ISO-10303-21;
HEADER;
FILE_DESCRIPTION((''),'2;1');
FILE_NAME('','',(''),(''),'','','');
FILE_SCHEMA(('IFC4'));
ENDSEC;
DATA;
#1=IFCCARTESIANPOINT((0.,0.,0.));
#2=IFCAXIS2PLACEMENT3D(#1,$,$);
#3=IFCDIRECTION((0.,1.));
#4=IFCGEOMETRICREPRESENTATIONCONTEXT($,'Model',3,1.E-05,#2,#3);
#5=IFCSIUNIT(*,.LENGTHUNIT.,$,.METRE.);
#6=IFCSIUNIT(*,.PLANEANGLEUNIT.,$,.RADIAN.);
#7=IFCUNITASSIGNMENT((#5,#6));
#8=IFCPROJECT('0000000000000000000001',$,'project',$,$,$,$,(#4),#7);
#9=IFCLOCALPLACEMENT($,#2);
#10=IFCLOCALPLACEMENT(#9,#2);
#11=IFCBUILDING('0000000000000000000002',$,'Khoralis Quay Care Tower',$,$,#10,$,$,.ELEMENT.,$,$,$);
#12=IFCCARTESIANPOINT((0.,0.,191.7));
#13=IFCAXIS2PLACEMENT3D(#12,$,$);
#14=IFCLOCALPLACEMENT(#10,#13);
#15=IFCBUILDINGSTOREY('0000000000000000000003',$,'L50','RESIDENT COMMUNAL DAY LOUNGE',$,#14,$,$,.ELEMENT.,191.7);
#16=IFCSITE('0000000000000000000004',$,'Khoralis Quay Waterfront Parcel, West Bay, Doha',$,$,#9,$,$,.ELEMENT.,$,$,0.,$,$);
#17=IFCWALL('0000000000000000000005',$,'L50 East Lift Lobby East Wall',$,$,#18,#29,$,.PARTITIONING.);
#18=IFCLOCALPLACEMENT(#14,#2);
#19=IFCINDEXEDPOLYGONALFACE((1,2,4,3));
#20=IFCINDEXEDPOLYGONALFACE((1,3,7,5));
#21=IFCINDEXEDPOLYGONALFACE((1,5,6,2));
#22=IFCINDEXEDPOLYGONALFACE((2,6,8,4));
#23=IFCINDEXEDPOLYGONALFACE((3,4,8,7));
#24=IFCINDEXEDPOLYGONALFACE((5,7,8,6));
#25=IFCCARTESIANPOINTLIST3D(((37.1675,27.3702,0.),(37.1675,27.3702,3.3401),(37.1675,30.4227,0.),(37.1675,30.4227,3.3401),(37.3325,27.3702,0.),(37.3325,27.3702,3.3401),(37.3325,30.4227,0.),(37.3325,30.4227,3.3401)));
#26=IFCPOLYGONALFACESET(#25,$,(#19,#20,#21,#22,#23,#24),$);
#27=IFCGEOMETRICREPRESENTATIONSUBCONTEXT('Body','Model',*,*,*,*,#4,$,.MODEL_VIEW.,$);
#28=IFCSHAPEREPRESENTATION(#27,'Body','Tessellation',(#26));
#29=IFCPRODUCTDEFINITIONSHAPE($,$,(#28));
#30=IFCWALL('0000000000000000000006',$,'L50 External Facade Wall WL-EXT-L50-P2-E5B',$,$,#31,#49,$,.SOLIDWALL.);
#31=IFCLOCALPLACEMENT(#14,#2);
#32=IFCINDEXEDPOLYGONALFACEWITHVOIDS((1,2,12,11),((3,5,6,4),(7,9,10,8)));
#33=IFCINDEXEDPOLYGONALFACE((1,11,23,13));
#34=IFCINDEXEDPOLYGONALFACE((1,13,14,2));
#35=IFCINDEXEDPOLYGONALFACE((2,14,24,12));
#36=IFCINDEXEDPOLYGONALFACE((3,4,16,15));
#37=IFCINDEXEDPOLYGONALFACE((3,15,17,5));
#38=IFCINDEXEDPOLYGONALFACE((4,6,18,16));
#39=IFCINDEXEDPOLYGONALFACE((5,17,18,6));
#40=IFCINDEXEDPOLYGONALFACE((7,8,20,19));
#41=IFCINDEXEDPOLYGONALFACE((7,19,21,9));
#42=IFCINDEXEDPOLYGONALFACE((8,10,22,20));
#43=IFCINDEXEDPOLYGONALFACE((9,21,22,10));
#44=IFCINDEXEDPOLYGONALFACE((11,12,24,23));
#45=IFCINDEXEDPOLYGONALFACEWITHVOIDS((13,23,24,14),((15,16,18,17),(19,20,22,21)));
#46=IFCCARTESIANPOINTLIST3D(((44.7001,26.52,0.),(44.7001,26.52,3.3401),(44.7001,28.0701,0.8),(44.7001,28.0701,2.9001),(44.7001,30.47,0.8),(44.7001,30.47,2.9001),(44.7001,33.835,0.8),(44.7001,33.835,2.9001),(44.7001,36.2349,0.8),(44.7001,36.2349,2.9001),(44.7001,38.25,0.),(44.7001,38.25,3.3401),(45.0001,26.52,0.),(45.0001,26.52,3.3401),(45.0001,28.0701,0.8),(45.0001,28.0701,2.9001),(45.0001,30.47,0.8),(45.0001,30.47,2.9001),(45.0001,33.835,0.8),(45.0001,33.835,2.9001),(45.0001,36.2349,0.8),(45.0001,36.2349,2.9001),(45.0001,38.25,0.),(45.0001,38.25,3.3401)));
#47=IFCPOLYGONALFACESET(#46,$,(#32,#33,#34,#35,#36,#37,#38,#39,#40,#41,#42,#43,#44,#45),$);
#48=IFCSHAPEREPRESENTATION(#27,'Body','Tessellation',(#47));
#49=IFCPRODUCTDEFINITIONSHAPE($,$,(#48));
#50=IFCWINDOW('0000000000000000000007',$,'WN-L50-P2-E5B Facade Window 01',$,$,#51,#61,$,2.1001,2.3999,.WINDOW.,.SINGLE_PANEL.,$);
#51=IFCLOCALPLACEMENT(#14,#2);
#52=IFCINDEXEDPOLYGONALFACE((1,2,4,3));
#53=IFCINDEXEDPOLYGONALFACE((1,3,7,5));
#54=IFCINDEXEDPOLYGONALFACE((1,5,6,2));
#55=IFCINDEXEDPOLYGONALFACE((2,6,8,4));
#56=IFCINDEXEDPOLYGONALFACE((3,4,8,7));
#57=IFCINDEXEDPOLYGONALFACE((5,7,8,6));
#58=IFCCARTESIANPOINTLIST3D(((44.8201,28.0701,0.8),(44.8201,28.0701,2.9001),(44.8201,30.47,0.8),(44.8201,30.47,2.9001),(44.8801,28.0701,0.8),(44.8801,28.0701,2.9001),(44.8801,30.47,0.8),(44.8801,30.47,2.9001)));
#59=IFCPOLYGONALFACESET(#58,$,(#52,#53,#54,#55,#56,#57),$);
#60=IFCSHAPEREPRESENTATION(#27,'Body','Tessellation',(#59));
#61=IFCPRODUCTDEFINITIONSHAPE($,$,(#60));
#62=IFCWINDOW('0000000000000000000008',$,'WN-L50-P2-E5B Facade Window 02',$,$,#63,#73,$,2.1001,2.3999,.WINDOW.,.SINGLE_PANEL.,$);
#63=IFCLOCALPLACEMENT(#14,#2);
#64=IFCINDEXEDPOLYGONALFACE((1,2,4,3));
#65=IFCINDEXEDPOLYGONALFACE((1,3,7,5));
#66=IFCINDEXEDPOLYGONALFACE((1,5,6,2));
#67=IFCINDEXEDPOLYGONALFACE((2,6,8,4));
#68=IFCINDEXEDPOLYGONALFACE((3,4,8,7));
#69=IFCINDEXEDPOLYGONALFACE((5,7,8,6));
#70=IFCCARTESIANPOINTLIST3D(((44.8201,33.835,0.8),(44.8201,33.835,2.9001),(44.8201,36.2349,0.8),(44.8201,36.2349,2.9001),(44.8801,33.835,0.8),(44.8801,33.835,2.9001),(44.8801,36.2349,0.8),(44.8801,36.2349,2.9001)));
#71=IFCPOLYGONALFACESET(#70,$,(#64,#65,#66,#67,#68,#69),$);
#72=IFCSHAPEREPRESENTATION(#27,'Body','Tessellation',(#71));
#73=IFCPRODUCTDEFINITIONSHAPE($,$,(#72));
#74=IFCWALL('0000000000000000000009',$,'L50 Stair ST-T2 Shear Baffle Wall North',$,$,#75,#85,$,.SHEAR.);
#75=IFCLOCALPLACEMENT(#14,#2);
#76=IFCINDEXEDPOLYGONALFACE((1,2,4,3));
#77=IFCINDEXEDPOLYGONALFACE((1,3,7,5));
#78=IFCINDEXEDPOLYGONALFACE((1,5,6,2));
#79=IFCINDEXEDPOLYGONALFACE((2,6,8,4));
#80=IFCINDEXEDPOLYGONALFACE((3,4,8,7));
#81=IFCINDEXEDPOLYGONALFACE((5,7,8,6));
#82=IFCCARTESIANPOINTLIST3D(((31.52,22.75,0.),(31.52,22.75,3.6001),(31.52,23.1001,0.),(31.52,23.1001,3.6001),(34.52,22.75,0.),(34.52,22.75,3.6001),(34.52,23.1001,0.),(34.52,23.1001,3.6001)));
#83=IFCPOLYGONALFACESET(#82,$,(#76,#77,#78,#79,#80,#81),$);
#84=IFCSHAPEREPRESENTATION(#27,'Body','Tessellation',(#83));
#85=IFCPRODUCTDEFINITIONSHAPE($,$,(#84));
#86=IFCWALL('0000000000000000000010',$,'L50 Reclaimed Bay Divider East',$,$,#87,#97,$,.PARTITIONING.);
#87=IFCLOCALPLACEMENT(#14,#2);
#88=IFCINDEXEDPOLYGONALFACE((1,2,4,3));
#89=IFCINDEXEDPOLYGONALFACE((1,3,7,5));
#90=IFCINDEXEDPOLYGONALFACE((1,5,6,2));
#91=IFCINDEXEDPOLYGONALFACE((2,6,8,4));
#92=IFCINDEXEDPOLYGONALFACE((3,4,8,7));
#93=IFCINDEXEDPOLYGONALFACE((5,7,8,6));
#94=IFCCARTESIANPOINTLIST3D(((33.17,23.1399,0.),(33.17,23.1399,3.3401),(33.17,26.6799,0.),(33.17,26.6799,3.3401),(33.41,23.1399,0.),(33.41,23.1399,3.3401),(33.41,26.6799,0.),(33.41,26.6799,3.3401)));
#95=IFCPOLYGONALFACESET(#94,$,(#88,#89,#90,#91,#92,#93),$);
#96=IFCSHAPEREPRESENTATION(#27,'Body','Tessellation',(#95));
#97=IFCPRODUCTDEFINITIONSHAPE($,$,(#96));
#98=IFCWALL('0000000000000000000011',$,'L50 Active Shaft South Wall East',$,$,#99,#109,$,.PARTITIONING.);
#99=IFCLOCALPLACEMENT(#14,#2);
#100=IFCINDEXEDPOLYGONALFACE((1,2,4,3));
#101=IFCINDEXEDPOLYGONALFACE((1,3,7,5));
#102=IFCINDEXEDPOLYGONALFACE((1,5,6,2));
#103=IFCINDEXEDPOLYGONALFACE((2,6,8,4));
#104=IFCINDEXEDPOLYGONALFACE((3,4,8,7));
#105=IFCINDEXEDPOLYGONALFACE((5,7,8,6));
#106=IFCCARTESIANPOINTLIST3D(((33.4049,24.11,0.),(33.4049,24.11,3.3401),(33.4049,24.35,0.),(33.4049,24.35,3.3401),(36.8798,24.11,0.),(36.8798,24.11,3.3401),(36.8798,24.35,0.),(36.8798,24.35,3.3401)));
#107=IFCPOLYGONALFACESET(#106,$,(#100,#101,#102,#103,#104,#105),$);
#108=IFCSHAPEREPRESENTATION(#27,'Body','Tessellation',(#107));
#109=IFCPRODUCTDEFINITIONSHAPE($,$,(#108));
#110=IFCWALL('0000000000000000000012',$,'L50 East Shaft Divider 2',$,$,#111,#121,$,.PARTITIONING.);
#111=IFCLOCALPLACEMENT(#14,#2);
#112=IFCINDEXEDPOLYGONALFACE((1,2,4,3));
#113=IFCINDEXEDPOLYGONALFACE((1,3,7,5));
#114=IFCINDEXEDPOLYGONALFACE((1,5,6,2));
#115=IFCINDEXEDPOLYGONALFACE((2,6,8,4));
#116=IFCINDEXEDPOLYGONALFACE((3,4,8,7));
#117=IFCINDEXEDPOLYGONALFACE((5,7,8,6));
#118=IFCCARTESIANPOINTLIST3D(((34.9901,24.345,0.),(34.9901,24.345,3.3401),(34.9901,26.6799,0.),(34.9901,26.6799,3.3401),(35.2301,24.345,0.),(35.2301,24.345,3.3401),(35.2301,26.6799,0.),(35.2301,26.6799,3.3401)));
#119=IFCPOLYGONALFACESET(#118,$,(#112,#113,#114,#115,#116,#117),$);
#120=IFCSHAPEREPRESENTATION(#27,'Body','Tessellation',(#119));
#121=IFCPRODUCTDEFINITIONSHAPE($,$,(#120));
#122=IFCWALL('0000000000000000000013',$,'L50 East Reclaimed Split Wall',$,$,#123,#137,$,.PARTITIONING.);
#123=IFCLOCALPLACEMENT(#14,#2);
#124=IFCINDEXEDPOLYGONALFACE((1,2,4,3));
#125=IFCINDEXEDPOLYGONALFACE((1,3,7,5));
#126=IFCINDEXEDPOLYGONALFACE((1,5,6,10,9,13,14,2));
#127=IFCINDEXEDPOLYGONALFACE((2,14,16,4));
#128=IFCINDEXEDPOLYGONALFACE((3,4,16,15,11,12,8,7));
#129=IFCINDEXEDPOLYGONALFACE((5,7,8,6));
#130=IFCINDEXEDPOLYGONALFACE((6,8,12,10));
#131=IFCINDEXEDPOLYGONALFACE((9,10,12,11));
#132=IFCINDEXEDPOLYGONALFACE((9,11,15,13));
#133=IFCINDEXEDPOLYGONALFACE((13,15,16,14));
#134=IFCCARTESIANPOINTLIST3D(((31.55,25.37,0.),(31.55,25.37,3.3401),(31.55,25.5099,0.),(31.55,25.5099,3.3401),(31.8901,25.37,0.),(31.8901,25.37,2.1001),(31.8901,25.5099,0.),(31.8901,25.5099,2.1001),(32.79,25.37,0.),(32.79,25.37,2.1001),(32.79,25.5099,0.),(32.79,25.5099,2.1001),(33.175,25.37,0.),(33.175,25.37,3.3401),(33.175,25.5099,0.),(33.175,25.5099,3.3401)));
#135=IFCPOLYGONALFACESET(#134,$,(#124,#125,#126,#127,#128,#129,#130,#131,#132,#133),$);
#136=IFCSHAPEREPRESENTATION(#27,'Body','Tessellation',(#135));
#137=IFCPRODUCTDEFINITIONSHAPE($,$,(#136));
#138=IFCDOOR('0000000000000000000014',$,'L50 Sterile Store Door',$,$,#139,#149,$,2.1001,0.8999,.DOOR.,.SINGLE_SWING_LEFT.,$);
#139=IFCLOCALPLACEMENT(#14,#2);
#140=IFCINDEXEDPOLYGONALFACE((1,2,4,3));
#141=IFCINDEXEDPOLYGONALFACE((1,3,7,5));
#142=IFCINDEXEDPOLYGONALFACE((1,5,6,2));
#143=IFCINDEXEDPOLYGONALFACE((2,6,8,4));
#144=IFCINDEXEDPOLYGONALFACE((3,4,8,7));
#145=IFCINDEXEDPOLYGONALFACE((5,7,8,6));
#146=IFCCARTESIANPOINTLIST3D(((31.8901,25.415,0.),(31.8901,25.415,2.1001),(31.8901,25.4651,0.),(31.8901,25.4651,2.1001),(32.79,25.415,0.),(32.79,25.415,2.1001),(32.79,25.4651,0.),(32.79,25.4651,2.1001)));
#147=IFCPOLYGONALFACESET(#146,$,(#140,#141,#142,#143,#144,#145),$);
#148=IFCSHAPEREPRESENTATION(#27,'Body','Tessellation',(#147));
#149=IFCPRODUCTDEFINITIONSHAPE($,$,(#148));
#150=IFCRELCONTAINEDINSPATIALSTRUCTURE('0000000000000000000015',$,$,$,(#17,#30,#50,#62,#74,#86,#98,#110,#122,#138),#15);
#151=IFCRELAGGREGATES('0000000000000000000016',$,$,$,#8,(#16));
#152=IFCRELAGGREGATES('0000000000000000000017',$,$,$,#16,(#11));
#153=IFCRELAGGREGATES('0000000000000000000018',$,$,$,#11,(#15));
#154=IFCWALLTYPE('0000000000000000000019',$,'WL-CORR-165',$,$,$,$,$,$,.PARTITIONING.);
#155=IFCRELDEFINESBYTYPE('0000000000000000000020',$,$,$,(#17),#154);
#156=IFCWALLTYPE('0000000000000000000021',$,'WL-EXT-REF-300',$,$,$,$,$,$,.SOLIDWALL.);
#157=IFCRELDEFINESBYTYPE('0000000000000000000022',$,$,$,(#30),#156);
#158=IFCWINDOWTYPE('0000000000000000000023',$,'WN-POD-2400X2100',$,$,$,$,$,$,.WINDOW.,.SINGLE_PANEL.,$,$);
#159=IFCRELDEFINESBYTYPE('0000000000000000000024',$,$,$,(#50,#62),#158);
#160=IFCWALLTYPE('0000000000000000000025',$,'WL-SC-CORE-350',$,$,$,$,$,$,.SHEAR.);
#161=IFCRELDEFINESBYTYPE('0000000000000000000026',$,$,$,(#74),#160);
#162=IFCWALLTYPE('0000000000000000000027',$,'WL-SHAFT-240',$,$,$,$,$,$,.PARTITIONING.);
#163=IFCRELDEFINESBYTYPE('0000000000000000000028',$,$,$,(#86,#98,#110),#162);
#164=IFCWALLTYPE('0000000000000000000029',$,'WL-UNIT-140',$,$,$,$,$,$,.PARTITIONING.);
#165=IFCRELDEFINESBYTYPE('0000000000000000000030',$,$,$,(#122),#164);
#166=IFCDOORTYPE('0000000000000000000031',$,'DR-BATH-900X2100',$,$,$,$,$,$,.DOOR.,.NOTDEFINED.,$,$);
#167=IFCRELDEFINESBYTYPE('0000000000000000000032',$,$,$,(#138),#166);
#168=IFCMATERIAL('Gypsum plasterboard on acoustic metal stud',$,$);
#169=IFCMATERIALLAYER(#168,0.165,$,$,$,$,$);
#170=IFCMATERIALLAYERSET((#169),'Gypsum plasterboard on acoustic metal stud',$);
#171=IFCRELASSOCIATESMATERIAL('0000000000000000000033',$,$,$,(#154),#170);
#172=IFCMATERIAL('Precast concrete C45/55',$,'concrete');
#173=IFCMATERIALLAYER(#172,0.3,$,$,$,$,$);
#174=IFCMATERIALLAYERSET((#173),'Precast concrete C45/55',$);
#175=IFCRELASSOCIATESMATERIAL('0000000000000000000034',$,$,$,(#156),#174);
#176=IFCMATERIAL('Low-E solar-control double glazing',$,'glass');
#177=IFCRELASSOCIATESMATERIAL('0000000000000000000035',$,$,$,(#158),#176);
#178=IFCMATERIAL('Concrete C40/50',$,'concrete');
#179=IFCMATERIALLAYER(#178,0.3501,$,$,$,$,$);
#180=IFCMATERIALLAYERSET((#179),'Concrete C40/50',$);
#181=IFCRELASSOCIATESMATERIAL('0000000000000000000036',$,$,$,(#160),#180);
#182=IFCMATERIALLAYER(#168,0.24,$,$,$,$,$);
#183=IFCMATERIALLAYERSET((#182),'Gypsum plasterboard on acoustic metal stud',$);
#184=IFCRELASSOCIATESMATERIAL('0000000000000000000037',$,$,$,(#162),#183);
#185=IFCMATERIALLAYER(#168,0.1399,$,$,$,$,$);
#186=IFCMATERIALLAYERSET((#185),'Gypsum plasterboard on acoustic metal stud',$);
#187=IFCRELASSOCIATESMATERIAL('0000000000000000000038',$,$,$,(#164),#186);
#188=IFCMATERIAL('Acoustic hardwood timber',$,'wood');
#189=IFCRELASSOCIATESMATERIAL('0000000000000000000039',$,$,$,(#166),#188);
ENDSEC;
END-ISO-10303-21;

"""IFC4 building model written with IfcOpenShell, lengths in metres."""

from ifc_helpers import new_model, si_unit, direction, frame, frame_2d, origin, place, context, subcontext, project, spatial, rectangle, extrude, source, transform, mapped, material, layer, layer_set, type_object, element, fill, save


model = new_model("IFC4")

# Units and contexts
model_context = context("Model", 3, precision=1e-05, world=origin(), true_north=direction((0.0, 1.0)))
body_context = subcontext(model_context, "Body", "Model", "MODEL_VIEW")
ifc_project = project(units=[si_unit("LENGTHUNIT", "METRE"), si_unit("PLANEANGLEUNIT", "RADIAN")], contexts=[model_context])

# Site, building, storey
site_placement = place(None, origin())
site = spatial("IfcSite", under=ifc_project, at=site_placement, Name="Khoralis Quay Waterfront Parcel, West Bay, Doha", CompositionType="ELEMENT", RefElevation=0.0)
building_placement = place(site_placement, origin())
building = spatial("IfcBuilding", under=site, at=building_placement, Name="Khoralis Quay Care Tower", CompositionType="ELEMENT")
storey_placement = place(building_placement, frame((0.0, 0.0, 191.7)))
storey = spatial("IfcBuildingStorey", under=building, at=storey_placement, Name="L50", Description="RESIDENT COMMUNAL DAY LOUNGE", CompositionType="ELEMENT", Elevation=191.7)

# Shared definitions
ifc_material_1 = material(Name="Low-E solar-control double glazing", Category="glass")

# Shared definitions
ifc_material_2 = material(Name="Acoustic hardwood timber", Category="wood")

# Wall
ifc_material_3 = material(Name="Gypsum plasterboard on acoustic metal stud")
ifc_layer_1 = layer(ifc_material_3, 0.165)
ifc_layer_set_1 = layer_set([ifc_layer_1], Name="Gypsum plasterboard on acoustic metal stud")
wall_type_1 = type_object("IfcWallType", Name="WL-CORR-165", PredefinedType="PARTITIONING", material=ifc_layer_set_1)
wall_1_placement = place(storey_placement, frame((37.25, 27.3701, 0.0), z_axis=(0.0, 0.0, 1.0), x_axis=(0.0, 1.0, 0.0)))
element("IfcWall", 1, at=wall_1_placement, inside=storey, type_object=wall_type_1, Name="L50 East Lift Lobby East Wall", PredefinedType="PARTITIONING", context=body_context, shape_type="SweptSolid", body=[
    extrude(rectangle(XDim=3.0525, YDim=0.165, at=frame_2d((1.5264, 0.0))), origin(), (0.0, 0.0, 1.0), 3.3401),
])

# Wall, openings, windows
ifc_material_4 = material(Name="Precast concrete C45/55", Category="concrete")
ifc_layer_2 = layer(ifc_material_4, 0.3)
ifc_layer_set_2 = layer_set([ifc_layer_2], Name="Precast concrete C45/55")
wall_type_2 = type_object("IfcWallType", Name="WL-EXT-REF-300", PredefinedType="SOLIDWALL", material=ifc_layer_set_2)
wall_2_placement = place(storey_placement, frame((44.8501, 26.52, 0.0), z_axis=(0.0, 0.0, 1.0), x_axis=(0.0, 1.0, 0.0)))
wall_2 = element("IfcWall", 2, at=wall_2_placement, inside=storey, type_object=wall_type_2, Name="L50 External Facade Wall WL-EXT-L50-P2-E5B", PredefinedType="SOLIDWALL", context=body_context, shape_type="SweptSolid", body=[
    extrude(rectangle(XDim=11.73, YDim=0.3, at=frame_2d((5.865, 0.0))), origin(), (0.0, 0.0, 1.0), 3.3401),
])
opening_1_placement = place(wall_2_placement, frame((1.55, 0.0, 0.8)))
opening_1 = element("IfcOpeningElement", 3, at=opening_1_placement, cuts=wall_2, PredefinedType="OPENING", context=body_context, shape_type="SweptSolid", body=[
    extrude(rectangle(XDim=2.3999, YDim=2.1001, at=frame_2d((1.2, 1.05))), frame((0.0, 0.1602, 0.0), z_axis=(0.0, -1.0, 0.0), x_axis=(1.0, 0.0, 0.0)), (0.0, 0.0, 1.0), 0.3201),
])
opening_2_placement = place(wall_2_placement, frame((7.3149, 0.0, 0.8)))
opening_2 = element("IfcOpeningElement", 4, at=opening_2_placement, cuts=wall_2, PredefinedType="OPENING", context=body_context, shape_type="SweptSolid", body=[
    extrude(rectangle(XDim=2.3999, YDim=2.1001, at=frame_2d((1.2, 1.05))), frame((0.0, 0.1602, 0.0), z_axis=(0.0, -1.0, 0.0), x_axis=(1.0, 0.0, 0.0)), (0.0, 0.0, 1.0), 0.3201),
])
window_type = type_object("IfcWindowType", Name="WN-POD-2400X2100", PartitioningType="SINGLE_PANEL", PredefinedType="WINDOW", material=ifc_material_1)
shared_shape_1 = source(origin(), body_context, "Body", "SweptSolid", [
    extrude(rectangle(XDim=2.3999, YDim=2.1001, at=frame_2d((1.2, 1.05))), frame((0.0, 0.03, 0.0), z_axis=(0.0, -1.0, 0.0), x_axis=(1.0, 0.0, 0.0)), (0.0, 0.0, 1.0), 0.0601),
])
window_1_placement = place(opening_1_placement, origin())
window_1 = element("IfcWindow", 5, at=window_1_placement, inside=storey, type_object=window_type, Name="WN-L50-P2-E5B Facade Window 01", OverallHeight=2.1001, OverallWidth=2.3999, PartitioningType="SINGLE_PANEL", PredefinedType="WINDOW", context=body_context, shape_type="MappedRepresentation", body=[
    mapped(shared_shape_1, transform((0.0, 0.0, 0.0), scale=1.0)),
])
fill(opening_1, window_1)
window_2_placement = place(opening_2_placement, origin())
window_2 = element("IfcWindow", 6, at=window_2_placement, inside=storey, type_object=window_type, Name="WN-L50-P2-E5B Facade Window 02", OverallHeight=2.1001, OverallWidth=2.3999, PartitioningType="SINGLE_PANEL", PredefinedType="WINDOW", context=body_context, shape_type="MappedRepresentation", body=[
    mapped(shared_shape_1, transform((0.0, 0.0, 0.0), scale=1.0)),
])
fill(opening_2, window_2)

# Walls
ifc_material_5 = material(Name="Concrete C40/50", Category="concrete")
ifc_layer_3 = layer(ifc_material_5, 0.3501)
ifc_layer_set_3 = layer_set([ifc_layer_3], Name="Concrete C40/50")
wall_type_3 = type_object("IfcWallType", Name="WL-SC-CORE-350", PredefinedType="SHEAR", material=ifc_layer_set_3)
wall_3_placement = place(storey_placement, frame((31.52, 22.925, 0.0), z_axis=(0.0, 0.0, 1.0), x_axis=(1.0, 0.0, 0.0)))
element("IfcWall", 7, at=wall_3_placement, inside=storey, type_object=wall_type_3, Name="L50 Stair ST-T2 Shear Baffle Wall North", PredefinedType="SHEAR", context=body_context, shape_type="SweptSolid", body=[
    extrude(rectangle(XDim=3.0, YDim=0.3501, at=frame_2d((1.5, 0.0))), origin(), (0.0, 0.0, 1.0), 3.6001),
])
ifc_layer_4 = layer(ifc_material_3, 0.24)
ifc_layer_set_4 = layer_set([ifc_layer_4], Name="Gypsum plasterboard on acoustic metal stud")
wall_type_4 = type_object("IfcWallType", Name="WL-SHAFT-240", PredefinedType="PARTITIONING", material=ifc_layer_set_4)
wall_4_placement = place(storey_placement, frame((33.29, 23.1399, 0.0), z_axis=(0.0, 0.0, 1.0), x_axis=(0.0, 1.0, 0.0)))
element("IfcWall", 8, at=wall_4_placement, inside=storey, type_object=wall_type_4, Name="L50 Reclaimed Bay Divider East", PredefinedType="PARTITIONING", context=body_context, shape_type="SweptSolid", body=[
    extrude(rectangle(XDim=3.54, YDim=0.24, at=frame_2d((1.77, 0.0))), origin(), (0.0, 0.0, 1.0), 3.3401),
])
wall_5_placement = place(storey_placement, frame((33.405, 24.23, 0.0), z_axis=(0.0, 0.0, 1.0), x_axis=(1.0, 0.0, 0.0)))
element("IfcWall", 9, at=wall_5_placement, inside=storey, type_object=wall_type_4, Name="L50 Active Shaft South Wall East", PredefinedType="PARTITIONING", context=body_context, shape_type="SweptSolid", body=[
    extrude(rectangle(XDim=3.4749, YDim=0.24, at=frame_2d((1.7373, 0.0))), origin(), (0.0, 0.0, 1.0), 3.3401),
])
wall_6_placement = place(storey_placement, frame((35.1101, 24.345, 0.0), z_axis=(0.0, 0.0, 1.0), x_axis=(0.0, 1.0, 0.0)))
element("IfcWall", 10, at=wall_6_placement, inside=storey, type_object=wall_type_4, Name="L50 East Shaft Divider 2", PredefinedType="PARTITIONING", context=body_context, shape_type="SweptSolid", body=[
    extrude(rectangle(XDim=2.335, YDim=0.24, at=frame_2d((1.1675, 0.0))), origin(), (0.0, 0.0, 1.0), 3.3401),
])

# Wall, opening, door
ifc_layer_5 = layer(ifc_material_3, 0.1399)
ifc_layer_set_5 = layer_set([ifc_layer_5], Name="Gypsum plasterboard on acoustic metal stud")
wall_type_5 = type_object("IfcWallType", Name="WL-UNIT-140", PredefinedType="PARTITIONING", material=ifc_layer_set_5)
wall_7_placement = place(storey_placement, frame((31.55, 25.4399, 0.0), z_axis=(0.0, 0.0, 1.0), x_axis=(1.0, 0.0, 0.0)))
wall_7 = element("IfcWall", 11, at=wall_7_placement, inside=storey, type_object=wall_type_5, Name="L50 East Reclaimed Split Wall", PredefinedType="PARTITIONING", context=body_context, shape_type="SweptSolid", body=[
    extrude(rectangle(XDim=1.625, YDim=0.1399, at=frame_2d((0.8125, 0.0))), origin(), (0.0, 0.0, 1.0), 3.3401),
])
opening_3_placement = place(wall_7_placement, frame((0.3401, 0.0, 0.0)))
opening_3 = element("IfcOpeningElement", 12, at=opening_3_placement, cuts=wall_7, PredefinedType="OPENING", context=body_context, shape_type="SweptSolid", body=[
    extrude(rectangle(XDim=0.8999, YDim=2.1001, at=frame_2d((0.45, 1.05))), frame((0.0, 0.0801, 0.0), z_axis=(0.0, -1.0, 0.0), x_axis=(1.0, 0.0, 0.0)), (0.0, 0.0, 1.0), 0.1599),
])
door_type_1 = type_object("IfcDoorType", Name="DR-BATH-900X2100", OperationType="NOTDEFINED", PredefinedType="DOOR", material=ifc_material_2)
shared_shape_2 = source(origin(), body_context, "Body", "SweptSolid", [
    extrude(rectangle(XDim=0.8999, YDim=2.1001, at=frame_2d((0.45, 1.05))), frame((0.0, 0.0249, 0.0), z_axis=(0.0, -1.0, 0.0), x_axis=(1.0, 0.0, 0.0)), (0.0, 0.0, 1.0), 0.05),
])
door_1_placement = place(opening_3_placement, frame((0.8999, 0.0, 0.0), z_axis=(0.0, 0.0, 1.0), x_axis=(-1.0, 0.0, 0.0)))
door_1 = element("IfcDoor", 13, at=door_1_placement, inside=storey, type_object=door_type_1, Name="L50 Sterile Store Door", OperationType="SINGLE_SWING_LEFT", OverallHeight=2.1001, OverallWidth=0.8999, PredefinedType="DOOR", context=body_context, shape_type="MappedRepresentation", body=[
    mapped(shared_shape_2, transform((0.0, 0.0, 0.0), scale=1.0)),
])
fill(opening_3, door_1)

save(model, "model.ifc")
